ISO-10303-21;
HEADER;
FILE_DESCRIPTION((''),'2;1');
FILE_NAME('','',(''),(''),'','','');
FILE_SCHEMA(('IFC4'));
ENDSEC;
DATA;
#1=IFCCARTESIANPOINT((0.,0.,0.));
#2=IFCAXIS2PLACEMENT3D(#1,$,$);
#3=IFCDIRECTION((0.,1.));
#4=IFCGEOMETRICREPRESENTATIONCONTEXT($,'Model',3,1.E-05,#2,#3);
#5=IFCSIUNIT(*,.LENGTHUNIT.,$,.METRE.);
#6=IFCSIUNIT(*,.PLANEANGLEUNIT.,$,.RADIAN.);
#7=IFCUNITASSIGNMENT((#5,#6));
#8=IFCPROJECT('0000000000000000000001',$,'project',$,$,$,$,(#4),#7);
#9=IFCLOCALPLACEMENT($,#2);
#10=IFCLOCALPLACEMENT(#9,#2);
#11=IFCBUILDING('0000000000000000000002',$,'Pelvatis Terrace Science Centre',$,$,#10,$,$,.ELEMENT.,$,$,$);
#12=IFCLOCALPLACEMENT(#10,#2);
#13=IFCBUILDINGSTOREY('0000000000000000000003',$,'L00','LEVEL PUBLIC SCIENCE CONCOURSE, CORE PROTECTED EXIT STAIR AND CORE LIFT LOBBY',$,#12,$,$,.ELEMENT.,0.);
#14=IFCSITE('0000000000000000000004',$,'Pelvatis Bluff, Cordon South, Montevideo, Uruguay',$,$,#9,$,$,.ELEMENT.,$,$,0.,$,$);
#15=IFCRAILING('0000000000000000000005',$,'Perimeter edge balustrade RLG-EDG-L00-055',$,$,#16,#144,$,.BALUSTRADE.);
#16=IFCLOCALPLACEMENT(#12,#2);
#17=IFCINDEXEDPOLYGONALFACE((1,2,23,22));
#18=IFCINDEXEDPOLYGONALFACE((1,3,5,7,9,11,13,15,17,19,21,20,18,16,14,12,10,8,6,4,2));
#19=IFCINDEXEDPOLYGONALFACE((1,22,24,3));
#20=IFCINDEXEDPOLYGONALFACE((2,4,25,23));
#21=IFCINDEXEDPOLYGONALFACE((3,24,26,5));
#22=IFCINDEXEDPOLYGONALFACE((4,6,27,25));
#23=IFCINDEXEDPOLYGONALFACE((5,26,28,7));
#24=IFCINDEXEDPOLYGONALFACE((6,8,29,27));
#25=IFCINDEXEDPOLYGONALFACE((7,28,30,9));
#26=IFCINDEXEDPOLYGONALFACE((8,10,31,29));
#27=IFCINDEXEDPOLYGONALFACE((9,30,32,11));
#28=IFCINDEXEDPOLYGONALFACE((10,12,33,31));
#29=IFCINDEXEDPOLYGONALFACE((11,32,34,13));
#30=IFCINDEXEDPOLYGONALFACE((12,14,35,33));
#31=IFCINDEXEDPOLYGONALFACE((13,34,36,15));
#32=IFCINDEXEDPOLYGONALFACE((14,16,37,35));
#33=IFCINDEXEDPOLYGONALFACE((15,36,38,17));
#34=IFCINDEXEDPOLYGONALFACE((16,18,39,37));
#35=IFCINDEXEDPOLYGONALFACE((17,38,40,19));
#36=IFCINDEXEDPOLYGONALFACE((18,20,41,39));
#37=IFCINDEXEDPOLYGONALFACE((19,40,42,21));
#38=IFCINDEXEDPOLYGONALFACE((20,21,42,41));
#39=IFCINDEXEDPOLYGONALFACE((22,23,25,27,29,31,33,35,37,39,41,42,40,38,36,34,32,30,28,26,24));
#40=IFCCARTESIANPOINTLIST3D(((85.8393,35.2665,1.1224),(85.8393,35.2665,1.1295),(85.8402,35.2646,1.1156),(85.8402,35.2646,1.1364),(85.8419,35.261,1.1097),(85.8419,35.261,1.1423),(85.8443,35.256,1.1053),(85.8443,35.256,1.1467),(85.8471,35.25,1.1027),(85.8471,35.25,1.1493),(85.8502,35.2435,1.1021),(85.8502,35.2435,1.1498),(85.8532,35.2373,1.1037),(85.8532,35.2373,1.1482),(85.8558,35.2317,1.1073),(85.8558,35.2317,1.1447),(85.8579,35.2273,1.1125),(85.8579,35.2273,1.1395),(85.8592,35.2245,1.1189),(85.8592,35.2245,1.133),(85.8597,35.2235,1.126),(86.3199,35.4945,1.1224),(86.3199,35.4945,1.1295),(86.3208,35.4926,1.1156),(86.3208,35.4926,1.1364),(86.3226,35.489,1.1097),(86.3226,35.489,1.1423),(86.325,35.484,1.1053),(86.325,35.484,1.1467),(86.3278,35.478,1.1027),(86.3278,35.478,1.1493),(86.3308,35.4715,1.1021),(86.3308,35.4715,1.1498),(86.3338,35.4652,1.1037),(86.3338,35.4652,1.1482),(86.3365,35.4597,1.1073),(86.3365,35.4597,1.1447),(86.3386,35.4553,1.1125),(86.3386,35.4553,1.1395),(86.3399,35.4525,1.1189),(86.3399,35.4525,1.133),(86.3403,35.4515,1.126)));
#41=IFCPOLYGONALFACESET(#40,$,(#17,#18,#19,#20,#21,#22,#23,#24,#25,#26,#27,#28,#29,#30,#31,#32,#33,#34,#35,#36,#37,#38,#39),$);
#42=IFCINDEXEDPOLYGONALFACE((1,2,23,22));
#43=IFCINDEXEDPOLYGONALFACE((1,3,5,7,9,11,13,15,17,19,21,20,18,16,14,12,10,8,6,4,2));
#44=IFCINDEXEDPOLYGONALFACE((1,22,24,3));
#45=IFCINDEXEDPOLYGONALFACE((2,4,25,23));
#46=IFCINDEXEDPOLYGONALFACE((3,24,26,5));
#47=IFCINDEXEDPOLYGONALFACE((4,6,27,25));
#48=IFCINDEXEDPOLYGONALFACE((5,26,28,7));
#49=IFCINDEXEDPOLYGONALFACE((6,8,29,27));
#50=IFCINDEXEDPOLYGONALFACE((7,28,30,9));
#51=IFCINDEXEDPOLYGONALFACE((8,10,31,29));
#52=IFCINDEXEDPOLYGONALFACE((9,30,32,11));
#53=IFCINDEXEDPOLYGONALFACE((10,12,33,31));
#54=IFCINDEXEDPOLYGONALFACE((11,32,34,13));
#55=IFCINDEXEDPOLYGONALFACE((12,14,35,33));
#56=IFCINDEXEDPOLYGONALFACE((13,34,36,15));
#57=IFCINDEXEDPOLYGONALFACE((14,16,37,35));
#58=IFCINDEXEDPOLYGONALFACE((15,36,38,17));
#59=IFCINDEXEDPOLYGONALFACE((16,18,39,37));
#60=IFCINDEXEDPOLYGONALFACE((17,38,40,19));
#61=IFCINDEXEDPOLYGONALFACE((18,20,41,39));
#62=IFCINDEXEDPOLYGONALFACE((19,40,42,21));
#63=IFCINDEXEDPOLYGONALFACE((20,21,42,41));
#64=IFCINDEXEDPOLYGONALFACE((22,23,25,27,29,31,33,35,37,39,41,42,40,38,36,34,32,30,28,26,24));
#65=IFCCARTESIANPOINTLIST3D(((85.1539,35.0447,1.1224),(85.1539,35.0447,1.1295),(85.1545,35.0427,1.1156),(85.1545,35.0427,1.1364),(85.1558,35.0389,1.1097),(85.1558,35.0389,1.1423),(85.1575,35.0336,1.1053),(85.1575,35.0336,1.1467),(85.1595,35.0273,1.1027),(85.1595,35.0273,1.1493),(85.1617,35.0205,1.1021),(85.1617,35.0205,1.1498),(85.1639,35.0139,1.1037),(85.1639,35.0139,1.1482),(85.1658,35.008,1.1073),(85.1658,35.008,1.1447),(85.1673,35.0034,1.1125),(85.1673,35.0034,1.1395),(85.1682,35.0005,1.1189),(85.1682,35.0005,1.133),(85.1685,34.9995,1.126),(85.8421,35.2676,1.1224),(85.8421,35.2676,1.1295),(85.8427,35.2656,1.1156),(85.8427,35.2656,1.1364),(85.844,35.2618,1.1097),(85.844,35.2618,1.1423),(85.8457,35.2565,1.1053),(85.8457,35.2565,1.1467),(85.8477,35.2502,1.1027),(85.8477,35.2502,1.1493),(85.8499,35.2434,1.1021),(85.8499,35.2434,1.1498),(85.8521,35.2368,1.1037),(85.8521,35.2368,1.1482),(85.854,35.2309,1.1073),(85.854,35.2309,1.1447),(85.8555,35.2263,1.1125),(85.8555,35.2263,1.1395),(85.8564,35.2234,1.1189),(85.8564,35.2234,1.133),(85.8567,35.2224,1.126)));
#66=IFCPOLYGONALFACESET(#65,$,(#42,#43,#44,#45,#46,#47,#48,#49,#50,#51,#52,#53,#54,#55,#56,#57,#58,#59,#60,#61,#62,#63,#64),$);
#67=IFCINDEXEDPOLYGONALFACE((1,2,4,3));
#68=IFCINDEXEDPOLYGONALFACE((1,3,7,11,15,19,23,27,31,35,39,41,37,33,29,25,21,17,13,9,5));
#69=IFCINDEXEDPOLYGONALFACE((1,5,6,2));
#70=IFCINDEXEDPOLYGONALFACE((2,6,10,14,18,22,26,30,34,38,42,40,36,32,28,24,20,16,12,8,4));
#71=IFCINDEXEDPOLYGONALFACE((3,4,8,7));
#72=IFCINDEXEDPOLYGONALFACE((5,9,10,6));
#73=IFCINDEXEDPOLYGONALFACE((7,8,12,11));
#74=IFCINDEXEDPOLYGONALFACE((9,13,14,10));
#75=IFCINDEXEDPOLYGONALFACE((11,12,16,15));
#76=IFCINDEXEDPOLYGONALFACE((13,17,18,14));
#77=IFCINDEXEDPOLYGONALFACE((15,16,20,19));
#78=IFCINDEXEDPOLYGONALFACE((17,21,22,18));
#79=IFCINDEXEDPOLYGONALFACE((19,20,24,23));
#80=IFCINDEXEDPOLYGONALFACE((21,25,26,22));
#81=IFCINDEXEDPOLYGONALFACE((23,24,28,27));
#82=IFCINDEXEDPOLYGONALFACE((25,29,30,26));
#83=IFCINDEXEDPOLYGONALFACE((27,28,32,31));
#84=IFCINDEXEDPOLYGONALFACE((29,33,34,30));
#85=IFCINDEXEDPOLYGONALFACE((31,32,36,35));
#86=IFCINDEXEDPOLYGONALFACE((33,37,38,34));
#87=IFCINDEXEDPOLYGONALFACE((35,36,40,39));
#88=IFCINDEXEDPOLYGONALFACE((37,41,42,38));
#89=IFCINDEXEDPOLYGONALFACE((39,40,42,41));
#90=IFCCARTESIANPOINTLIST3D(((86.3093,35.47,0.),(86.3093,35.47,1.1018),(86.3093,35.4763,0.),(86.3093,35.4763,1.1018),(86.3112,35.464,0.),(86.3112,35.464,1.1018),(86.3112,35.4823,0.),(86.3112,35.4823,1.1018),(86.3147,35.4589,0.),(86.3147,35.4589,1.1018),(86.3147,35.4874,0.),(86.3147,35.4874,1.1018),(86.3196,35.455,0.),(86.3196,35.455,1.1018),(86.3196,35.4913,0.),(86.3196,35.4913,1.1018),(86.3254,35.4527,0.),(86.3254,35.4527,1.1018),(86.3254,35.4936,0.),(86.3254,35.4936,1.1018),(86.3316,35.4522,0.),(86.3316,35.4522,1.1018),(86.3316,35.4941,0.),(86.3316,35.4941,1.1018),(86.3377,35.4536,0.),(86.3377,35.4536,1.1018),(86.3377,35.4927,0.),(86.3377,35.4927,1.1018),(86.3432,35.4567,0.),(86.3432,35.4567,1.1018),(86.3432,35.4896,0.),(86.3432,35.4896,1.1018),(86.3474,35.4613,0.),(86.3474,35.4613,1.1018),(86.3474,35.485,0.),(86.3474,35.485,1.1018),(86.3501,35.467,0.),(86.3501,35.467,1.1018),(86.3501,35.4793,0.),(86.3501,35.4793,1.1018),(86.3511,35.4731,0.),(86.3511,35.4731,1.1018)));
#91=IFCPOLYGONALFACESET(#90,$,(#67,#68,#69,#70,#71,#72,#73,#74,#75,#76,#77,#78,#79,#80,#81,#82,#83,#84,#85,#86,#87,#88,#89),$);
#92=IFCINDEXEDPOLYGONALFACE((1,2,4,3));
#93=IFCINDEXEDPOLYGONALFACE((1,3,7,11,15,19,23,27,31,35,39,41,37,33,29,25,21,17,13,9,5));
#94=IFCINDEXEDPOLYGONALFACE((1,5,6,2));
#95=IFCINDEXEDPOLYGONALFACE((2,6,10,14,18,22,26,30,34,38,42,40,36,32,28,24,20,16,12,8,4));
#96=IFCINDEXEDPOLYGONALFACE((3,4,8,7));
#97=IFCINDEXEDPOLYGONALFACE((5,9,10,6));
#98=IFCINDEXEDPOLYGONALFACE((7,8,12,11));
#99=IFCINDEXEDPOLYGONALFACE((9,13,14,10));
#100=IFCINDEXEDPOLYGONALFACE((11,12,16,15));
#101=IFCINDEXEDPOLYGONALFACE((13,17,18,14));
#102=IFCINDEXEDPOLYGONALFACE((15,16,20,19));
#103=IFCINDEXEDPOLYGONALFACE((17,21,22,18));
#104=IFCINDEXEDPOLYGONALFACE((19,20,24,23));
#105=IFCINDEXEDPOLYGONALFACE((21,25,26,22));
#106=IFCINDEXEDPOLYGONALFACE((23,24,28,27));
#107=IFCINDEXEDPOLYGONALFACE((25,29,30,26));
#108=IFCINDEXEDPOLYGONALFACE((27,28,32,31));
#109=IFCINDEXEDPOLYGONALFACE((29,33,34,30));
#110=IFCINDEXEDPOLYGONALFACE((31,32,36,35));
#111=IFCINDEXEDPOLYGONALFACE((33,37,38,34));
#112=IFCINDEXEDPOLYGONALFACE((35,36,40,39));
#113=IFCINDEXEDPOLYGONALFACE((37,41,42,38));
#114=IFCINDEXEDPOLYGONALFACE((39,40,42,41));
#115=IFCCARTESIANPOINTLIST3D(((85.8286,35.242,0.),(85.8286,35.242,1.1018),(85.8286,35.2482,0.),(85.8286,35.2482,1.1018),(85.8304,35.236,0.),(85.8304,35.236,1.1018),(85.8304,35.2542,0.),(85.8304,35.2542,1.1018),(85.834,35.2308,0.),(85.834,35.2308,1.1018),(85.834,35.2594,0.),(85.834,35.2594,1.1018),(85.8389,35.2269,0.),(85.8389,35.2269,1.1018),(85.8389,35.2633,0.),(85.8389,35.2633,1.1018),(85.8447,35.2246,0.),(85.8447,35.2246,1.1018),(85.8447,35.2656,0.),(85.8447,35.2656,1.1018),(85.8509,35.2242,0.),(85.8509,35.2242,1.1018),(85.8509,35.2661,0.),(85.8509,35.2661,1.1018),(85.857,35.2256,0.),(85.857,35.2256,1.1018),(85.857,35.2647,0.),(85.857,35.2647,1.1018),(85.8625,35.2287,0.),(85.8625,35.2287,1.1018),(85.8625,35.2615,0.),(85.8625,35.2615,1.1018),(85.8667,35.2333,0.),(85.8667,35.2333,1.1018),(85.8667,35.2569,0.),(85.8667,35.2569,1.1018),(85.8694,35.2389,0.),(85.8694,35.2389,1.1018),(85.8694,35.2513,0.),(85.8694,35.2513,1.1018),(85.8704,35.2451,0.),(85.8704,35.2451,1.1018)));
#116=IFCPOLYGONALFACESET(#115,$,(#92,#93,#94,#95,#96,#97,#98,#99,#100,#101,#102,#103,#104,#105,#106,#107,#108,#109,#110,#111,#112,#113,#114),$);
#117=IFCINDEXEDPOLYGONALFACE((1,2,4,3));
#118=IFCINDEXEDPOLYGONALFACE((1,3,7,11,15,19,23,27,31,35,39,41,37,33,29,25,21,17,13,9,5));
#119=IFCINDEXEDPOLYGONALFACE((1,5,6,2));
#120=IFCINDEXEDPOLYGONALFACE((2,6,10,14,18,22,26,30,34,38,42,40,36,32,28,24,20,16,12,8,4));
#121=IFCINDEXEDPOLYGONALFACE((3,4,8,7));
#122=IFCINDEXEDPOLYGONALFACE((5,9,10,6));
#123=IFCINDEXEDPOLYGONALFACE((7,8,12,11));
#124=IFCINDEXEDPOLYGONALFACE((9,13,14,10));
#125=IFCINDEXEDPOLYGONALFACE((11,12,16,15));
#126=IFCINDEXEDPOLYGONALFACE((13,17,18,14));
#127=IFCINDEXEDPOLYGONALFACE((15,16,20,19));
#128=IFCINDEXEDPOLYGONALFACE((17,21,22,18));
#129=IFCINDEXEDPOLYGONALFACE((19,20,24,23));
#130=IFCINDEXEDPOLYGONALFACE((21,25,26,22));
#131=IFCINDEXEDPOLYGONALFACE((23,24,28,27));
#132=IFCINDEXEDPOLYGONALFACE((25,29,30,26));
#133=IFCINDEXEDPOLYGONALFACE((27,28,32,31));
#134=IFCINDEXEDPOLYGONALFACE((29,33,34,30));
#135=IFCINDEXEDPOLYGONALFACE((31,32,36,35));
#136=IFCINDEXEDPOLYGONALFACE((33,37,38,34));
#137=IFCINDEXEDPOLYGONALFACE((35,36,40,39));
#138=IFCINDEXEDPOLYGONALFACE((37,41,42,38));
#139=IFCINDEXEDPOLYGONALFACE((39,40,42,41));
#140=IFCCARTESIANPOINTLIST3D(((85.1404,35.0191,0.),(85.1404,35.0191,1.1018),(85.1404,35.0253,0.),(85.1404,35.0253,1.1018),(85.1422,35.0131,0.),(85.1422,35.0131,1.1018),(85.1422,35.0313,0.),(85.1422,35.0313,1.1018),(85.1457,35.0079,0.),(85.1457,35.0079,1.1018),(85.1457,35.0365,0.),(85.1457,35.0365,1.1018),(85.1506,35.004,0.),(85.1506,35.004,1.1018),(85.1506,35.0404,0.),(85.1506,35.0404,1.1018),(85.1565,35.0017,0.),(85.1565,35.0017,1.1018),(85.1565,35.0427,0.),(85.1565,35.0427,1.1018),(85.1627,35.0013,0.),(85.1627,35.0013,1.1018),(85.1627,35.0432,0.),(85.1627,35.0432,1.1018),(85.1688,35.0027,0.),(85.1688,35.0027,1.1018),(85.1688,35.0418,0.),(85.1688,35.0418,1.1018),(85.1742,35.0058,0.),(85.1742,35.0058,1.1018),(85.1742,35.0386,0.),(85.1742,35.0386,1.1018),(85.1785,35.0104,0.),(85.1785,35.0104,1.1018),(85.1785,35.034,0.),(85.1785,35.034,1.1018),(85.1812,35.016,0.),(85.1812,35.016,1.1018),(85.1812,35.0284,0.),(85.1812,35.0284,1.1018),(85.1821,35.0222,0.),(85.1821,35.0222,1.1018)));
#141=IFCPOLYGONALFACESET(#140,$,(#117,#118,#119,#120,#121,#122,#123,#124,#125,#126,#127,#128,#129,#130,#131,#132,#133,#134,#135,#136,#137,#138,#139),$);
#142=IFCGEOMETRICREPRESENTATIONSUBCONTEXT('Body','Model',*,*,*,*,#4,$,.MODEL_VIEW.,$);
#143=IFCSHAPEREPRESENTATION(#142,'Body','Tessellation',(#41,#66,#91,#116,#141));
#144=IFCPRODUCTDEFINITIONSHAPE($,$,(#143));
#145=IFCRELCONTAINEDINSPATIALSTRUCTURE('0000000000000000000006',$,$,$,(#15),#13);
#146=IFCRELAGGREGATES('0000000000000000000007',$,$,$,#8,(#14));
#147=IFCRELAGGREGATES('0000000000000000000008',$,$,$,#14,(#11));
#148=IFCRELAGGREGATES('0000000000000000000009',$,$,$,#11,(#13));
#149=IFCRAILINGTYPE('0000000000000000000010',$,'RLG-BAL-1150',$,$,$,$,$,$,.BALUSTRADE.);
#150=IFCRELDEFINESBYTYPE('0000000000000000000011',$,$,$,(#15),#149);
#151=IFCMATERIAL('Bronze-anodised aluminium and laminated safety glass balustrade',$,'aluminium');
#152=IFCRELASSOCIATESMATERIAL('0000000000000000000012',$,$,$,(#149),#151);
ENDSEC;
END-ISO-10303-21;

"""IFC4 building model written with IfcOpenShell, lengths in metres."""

from ifc_helpers import new_model, si_unit, direction, frame, origin, origin_2d, place, context, subcontext, project, spatial, circle, extrude, material, type_object, element, save


model = new_model("IFC4")

# Units and contexts
model_context = context("Model", 3, precision=1e-05, world=origin(), true_north=direction((0.0, 1.0)))
body_context = subcontext(model_context, "Body", "Model", "MODEL_VIEW")
ifc_project = project(units=[si_unit("LENGTHUNIT", "METRE"), si_unit("PLANEANGLEUNIT", "RADIAN")], contexts=[model_context])

# Site, building, storey
site_placement = place(None, origin())
site = spatial("IfcSite", under=ifc_project, at=site_placement, Name="Pelvatis Bluff, Cordon South, Montevideo, Uruguay", CompositionType="ELEMENT", RefElevation=0.0)
building_placement = place(site_placement, origin())
building = spatial("IfcBuilding", under=site, at=building_placement, Name="Pelvatis Terrace Science Centre", CompositionType="ELEMENT")
storey_placement = place(building_placement, origin())
storey = spatial("IfcBuildingStorey", under=building, at=storey_placement, Name="L00", Description="LEVEL PUBLIC SCIENCE CONCOURSE, CORE PROTECTED EXIT STAIR AND CORE LIFT LOBBY", CompositionType="ELEMENT", Elevation=0.0)

# Railing
ifc_material_1 = material(Name="Bronze-anodised aluminium and laminated safety glass balustrade", Category="aluminium")
railing_type = type_object("IfcRailingType", Name="RLG-BAL-1150", PredefinedType="BALUSTRADE", material=ifc_material_1)
railing_1_placement = place(storey_placement, frame((86.3301, 35.4731, 0.0)))
element("IfcRailing", 1, at=railing_1_placement, inside=storey, type_object=railing_type, Name="Perimeter edge balustrade RLG-EDG-L00-055", PredefinedType="BALUSTRADE", context=body_context, shape_type="SweptSolid", body=[
    extrude(circle(Radius=0.0239, at=origin_2d()), frame((0.0, 0.0, 1.126), z_axis=(-0.903504, -0.428579, 0.0), x_axis=(0.428579, -0.903504, 0.0)), (0.0, 0.0, 1.0), 0.532),
    extrude(circle(Radius=0.0239, at=origin_2d()), frame((-0.4807, -0.228, 1.126), z_axis=(-0.951349, -0.308117, 0.0), x_axis=(0.308117, -0.951349, 0.0)), (0.0, 0.0, 1.0), 0.7234),
    extrude(circle(Radius=0.021, at=origin_2d()), origin(), (0.0, 0.0, 1.0), 1.1018),
    extrude(circle(Radius=0.021, at=origin_2d()), frame((-0.4807, -0.228, 0.0)), (0.0, 0.0, 1.0), 1.1018),
    extrude(circle(Radius=0.021, at=origin_2d()), frame((-1.1689, -0.4509, 0.0)), (0.0, 0.0, 1.0), 1.1018),
])

save(model, "model.ifc")
